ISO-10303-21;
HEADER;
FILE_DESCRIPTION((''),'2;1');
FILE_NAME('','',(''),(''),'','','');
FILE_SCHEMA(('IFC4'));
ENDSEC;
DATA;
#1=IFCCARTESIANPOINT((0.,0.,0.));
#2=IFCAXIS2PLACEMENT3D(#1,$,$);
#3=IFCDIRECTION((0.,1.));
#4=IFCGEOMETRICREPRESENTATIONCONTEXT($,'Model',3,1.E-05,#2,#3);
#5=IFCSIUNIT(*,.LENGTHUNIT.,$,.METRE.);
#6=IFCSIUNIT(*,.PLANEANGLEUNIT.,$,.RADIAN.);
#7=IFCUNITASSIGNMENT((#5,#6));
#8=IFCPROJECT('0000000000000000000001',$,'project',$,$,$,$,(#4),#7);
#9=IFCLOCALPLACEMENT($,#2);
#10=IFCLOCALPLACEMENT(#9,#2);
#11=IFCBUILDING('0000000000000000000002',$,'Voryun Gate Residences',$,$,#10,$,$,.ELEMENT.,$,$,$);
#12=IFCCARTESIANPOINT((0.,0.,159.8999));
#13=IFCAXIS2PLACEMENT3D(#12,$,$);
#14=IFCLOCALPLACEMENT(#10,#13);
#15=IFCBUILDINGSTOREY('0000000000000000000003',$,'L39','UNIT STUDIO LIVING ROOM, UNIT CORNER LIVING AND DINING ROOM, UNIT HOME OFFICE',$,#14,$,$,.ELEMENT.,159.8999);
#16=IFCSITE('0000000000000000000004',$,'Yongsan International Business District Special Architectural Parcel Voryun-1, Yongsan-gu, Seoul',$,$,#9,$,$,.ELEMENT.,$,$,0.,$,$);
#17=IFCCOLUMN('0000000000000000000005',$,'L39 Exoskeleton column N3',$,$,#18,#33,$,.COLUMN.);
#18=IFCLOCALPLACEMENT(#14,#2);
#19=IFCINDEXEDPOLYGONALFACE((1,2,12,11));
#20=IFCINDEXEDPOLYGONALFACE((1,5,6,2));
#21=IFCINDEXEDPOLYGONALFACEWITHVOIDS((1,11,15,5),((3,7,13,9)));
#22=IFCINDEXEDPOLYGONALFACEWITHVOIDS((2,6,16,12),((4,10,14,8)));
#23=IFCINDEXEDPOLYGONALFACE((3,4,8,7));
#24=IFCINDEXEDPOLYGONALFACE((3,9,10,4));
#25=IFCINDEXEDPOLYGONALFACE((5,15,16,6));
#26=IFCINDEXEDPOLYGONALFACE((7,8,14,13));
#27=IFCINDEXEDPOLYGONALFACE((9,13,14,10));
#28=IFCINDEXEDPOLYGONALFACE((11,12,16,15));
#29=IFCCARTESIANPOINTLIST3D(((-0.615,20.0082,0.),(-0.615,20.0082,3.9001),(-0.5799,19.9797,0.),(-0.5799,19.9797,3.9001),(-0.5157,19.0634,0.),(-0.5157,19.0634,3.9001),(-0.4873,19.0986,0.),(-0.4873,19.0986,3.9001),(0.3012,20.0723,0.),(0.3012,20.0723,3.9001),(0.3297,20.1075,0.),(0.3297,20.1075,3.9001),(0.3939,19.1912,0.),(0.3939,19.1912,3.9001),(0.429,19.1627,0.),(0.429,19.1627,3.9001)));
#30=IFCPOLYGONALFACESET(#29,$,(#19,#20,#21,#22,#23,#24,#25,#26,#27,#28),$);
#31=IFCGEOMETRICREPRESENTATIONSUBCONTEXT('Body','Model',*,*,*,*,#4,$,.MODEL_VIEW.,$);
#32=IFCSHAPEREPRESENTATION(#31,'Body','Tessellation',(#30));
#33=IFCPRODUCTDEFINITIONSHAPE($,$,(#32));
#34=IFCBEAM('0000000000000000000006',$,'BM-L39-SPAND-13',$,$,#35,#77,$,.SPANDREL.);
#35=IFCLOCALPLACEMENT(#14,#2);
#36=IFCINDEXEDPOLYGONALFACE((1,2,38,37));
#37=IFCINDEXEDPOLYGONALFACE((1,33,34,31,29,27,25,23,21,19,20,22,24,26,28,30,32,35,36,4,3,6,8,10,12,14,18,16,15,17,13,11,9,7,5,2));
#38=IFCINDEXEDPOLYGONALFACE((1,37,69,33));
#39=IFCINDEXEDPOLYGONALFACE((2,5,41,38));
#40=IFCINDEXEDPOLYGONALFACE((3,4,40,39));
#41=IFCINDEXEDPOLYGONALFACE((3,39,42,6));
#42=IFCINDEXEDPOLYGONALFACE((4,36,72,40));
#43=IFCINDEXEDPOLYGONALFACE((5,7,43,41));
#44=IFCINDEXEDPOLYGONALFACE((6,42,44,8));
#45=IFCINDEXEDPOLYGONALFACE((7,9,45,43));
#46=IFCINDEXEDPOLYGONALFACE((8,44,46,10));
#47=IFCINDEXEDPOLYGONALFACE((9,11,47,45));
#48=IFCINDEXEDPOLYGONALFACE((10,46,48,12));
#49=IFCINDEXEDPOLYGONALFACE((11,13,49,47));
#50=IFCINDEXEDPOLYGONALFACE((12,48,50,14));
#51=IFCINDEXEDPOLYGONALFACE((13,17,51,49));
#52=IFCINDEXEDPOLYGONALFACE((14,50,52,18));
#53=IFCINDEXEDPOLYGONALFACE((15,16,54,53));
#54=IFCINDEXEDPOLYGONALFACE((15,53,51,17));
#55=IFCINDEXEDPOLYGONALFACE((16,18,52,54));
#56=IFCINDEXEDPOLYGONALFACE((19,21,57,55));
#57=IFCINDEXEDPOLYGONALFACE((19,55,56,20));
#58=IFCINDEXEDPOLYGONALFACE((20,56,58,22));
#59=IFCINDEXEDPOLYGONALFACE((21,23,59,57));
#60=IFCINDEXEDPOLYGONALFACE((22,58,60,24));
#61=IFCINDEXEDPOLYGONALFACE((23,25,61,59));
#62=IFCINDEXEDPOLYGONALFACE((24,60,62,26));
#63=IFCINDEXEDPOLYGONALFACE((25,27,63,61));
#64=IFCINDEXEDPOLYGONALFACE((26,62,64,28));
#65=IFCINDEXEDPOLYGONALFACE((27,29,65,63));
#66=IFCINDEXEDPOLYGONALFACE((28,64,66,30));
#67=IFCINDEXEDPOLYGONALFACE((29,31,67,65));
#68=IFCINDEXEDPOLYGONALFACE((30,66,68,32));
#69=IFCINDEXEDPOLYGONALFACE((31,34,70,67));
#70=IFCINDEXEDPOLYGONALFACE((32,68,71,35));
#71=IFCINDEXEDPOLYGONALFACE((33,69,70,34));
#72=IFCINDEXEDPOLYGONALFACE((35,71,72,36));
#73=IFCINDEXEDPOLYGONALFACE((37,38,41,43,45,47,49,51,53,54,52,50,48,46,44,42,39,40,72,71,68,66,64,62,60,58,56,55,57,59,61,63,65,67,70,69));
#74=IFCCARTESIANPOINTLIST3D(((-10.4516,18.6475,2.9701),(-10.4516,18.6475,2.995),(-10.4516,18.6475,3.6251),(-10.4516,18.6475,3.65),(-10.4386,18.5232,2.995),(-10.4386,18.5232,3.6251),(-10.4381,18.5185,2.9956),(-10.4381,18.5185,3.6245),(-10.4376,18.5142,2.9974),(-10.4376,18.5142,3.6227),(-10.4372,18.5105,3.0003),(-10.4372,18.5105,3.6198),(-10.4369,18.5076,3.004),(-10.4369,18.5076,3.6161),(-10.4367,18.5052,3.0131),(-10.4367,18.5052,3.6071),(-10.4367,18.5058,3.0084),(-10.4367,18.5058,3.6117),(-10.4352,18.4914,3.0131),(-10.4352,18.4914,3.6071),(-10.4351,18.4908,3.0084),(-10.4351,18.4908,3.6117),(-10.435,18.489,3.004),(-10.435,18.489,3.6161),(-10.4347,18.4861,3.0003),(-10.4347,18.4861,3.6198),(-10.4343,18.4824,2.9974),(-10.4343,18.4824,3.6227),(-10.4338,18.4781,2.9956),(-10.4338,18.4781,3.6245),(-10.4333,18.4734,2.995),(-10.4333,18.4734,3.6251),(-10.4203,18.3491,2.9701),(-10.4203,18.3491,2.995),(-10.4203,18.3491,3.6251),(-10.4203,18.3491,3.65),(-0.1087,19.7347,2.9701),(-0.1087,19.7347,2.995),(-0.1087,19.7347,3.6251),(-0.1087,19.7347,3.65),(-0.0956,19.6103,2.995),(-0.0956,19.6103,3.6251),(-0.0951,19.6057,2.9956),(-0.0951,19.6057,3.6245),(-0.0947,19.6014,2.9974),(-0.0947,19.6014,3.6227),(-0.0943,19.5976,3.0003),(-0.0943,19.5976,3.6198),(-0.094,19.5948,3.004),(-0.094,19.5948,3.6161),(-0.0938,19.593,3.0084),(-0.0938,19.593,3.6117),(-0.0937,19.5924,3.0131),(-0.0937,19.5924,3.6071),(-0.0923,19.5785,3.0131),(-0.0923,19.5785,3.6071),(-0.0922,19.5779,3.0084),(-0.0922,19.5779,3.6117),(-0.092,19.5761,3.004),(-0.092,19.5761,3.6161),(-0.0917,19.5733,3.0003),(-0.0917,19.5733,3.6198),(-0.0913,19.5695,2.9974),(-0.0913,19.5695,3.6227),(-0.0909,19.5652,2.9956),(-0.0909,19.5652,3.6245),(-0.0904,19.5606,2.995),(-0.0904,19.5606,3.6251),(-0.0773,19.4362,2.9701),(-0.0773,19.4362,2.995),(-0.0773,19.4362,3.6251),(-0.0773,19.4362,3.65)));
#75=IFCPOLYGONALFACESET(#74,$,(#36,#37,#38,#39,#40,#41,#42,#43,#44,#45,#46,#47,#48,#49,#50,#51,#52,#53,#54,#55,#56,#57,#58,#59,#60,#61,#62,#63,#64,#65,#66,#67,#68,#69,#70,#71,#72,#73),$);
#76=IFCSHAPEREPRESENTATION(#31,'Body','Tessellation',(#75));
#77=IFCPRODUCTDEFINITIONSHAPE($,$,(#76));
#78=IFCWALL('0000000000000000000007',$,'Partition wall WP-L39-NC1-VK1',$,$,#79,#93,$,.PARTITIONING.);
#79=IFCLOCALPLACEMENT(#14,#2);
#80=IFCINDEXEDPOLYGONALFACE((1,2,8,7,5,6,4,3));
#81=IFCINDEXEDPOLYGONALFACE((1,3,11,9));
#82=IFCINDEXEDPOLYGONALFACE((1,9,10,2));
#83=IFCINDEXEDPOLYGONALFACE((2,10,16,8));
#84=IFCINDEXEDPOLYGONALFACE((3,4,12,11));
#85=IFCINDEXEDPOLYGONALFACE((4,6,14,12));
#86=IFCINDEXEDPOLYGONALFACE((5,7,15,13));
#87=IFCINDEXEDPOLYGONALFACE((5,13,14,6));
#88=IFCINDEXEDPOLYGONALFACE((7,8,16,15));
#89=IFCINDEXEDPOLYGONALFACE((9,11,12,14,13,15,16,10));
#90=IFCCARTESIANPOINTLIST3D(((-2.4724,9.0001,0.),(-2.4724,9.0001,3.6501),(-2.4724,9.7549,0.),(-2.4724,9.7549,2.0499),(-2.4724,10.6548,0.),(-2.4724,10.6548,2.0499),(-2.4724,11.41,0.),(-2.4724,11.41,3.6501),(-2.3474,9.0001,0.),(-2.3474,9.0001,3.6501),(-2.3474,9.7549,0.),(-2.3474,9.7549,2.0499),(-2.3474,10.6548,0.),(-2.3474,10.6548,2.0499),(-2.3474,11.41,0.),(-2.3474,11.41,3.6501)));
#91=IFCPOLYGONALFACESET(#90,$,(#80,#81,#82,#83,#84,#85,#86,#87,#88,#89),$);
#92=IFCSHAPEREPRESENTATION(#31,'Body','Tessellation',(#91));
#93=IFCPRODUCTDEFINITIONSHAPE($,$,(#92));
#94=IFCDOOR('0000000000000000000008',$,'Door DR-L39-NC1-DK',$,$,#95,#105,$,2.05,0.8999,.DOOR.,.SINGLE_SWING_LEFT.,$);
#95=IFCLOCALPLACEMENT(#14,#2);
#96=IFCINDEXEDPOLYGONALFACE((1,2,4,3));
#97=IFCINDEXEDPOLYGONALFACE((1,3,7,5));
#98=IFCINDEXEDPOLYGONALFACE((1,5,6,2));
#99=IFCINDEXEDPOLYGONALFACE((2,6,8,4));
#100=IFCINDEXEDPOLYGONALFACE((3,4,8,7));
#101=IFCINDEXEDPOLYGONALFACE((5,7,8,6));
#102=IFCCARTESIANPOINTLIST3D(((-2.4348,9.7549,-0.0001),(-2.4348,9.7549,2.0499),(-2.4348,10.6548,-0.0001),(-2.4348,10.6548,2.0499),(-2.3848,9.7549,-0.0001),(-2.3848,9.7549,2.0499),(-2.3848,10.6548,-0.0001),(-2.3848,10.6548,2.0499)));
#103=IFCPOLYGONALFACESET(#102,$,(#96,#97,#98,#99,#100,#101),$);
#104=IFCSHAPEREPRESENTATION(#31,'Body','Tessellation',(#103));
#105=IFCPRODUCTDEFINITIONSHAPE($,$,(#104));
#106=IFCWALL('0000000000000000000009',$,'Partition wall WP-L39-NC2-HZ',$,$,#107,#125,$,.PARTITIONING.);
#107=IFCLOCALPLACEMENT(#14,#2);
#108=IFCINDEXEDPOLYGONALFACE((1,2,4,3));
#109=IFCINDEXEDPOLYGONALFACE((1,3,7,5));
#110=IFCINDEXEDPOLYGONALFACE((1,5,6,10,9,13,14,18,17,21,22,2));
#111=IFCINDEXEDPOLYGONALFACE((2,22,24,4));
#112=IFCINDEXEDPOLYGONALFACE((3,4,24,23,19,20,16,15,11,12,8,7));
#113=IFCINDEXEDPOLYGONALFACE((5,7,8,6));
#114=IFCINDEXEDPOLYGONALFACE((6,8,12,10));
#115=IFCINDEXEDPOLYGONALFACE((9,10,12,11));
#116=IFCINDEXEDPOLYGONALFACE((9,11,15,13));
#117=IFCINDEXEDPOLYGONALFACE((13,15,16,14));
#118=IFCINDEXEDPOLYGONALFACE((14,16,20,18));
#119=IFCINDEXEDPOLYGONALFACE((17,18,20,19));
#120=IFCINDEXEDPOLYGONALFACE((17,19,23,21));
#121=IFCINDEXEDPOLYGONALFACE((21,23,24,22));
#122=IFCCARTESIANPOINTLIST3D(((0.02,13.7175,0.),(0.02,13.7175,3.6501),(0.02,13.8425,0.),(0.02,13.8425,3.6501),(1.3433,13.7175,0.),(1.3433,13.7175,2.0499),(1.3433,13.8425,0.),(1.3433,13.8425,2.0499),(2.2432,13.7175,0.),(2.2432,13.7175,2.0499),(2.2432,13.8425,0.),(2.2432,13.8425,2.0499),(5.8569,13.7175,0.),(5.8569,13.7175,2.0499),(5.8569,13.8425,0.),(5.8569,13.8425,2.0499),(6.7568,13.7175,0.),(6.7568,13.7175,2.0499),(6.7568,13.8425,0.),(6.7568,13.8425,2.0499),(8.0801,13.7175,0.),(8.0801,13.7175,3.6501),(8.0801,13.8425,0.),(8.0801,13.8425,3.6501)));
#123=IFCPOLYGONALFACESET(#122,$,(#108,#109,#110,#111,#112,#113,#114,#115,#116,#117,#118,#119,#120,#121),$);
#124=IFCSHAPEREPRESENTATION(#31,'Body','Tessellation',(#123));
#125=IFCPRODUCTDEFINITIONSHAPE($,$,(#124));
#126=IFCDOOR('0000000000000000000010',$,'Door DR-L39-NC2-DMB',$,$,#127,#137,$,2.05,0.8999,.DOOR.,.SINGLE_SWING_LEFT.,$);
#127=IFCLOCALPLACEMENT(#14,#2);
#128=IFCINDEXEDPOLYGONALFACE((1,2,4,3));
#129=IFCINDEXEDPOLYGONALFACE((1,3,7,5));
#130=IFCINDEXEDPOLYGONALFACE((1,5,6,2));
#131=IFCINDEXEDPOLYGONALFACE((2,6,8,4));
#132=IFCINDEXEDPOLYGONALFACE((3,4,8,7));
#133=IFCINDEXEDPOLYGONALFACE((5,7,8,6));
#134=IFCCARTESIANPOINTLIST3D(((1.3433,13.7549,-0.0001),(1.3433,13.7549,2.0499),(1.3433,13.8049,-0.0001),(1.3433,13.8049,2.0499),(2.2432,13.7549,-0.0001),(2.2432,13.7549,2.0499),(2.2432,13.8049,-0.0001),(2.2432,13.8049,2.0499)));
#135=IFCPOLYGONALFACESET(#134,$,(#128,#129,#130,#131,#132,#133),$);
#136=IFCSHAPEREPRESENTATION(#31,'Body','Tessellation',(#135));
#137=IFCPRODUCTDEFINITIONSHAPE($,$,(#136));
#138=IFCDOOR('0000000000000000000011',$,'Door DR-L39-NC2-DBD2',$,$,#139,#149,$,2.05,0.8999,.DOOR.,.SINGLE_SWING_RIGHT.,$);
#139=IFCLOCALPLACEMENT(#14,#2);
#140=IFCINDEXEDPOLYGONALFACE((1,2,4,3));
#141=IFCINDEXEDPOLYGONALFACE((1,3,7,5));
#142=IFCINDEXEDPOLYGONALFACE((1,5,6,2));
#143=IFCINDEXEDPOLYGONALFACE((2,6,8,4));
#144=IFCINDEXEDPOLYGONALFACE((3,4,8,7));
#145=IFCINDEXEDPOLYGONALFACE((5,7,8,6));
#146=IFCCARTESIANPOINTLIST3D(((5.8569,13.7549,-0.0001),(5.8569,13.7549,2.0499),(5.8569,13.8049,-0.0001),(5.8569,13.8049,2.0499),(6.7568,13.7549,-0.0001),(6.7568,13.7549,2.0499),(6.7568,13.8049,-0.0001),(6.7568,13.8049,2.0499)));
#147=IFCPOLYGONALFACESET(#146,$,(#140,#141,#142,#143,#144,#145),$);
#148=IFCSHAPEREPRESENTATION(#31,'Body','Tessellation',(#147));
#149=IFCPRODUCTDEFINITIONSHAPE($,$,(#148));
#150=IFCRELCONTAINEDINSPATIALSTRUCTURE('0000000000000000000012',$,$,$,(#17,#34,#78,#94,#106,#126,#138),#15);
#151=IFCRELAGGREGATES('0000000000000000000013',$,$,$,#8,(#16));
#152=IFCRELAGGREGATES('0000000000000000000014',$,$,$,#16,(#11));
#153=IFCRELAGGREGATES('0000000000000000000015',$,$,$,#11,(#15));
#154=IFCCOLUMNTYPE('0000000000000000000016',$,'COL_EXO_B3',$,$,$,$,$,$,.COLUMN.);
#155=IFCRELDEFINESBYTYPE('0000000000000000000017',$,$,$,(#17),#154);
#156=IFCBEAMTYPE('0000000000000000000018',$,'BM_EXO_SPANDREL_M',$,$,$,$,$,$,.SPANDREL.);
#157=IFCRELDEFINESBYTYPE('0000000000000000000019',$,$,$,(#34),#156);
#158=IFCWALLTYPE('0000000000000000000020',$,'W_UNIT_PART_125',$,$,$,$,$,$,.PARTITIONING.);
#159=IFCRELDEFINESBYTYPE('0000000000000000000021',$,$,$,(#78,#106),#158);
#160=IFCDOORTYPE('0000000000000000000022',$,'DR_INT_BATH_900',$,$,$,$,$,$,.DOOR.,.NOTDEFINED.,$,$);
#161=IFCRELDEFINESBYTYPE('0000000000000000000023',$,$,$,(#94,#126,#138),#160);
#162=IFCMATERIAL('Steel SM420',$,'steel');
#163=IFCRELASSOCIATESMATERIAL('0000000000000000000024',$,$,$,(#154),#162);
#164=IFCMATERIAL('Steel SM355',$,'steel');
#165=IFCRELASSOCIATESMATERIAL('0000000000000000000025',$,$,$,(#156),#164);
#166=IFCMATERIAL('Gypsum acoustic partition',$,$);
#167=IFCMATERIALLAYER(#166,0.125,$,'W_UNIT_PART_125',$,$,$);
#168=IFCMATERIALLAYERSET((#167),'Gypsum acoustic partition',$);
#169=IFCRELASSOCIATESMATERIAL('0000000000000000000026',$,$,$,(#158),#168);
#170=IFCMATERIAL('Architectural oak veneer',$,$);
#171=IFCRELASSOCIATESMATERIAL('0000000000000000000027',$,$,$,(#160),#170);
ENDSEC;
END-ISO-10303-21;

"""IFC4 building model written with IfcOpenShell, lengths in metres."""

from ifc_helpers import new_model, si_unit, direction, frame, frame_2d, origin, origin_2d, place, context, subcontext, project, spatial, rectangle, hollow_rectangle, i_section, extrude, material, layer, layer_set, material_profile, profile_set, type_object, element, fill, save


model = new_model("IFC4")

# Units and contexts
model_context = context("Model", 3, precision=1e-05, world=origin(), true_north=direction((0.0, 1.0)))
body_context = subcontext(model_context, "Body", "Model", "MODEL_VIEW")
ifc_project = project(units=[si_unit("LENGTHUNIT", "METRE"), si_unit("PLANEANGLEUNIT", "RADIAN")], contexts=[model_context])

# Site, building, storey
site_placement = place(None, origin())
site = spatial("IfcSite", under=ifc_project, at=site_placement, Name="Yongsan International Business District Special Architectural Parcel Voryun-1, Yongsan-gu, Seoul", CompositionType="ELEMENT", RefElevation=0.0)
building_placement = place(site_placement, origin())
building = spatial("IfcBuilding", under=site, at=building_placement, Name="Voryun Gate Residences", CompositionType="ELEMENT")
storey_placement = place(building_placement, frame((0.0, 0.0, 159.8999)))
storey = spatial("IfcBuildingStorey", under=building, at=storey_placement, Name="L39", Description="UNIT STUDIO LIVING ROOM, UNIT CORNER LIVING AND DINING ROOM, UNIT HOME OFFICE", CompositionType="ELEMENT", Elevation=159.8999)

# Column
ifc_material_1 = material(Name="Steel SM420", Category="steel")
ifc_material_profile_1 = material_profile(ifc_material_1, hollow_rectangle(XDim=0.95, YDim=0.95, WallThickness=0.032, at=origin_2d()), Name="BOX-950x950x32")
ifc_profile_set_1 = profile_set([ifc_material_profile_1], Name="Steel SM420")
column_type = type_object("IfcColumnType", Name="COL_EXO_B3", PredefinedType="COLUMN", material=ifc_profile_set_1)
column_placement = place(storey_placement, frame((-0.093, 19.5854, 0.0), z_axis=(0.0, 0.0, 1.0), x_axis=(0.994522, 0.104528, 0.0)))
element("IfcColumn", 1, at=column_placement, inside=storey, type_object=column_type, Name="L39 Exoskeleton column N3", PredefinedType="COLUMN", context=body_context, shape_type="SweptSolid", body=[
    extrude(hollow_rectangle(XDim=0.95, YDim=0.95, WallThickness=0.032, at=origin_2d()), origin(), (0.0, 0.0, 1.0), 3.9001),
])

# Beam
ifc_material_2 = material(Name="Steel SM355", Category="steel")
ifc_material_profile_2 = material_profile(ifc_material_2, i_section(OverallWidth=0.3, OverallDepth=0.6799, WebThickness=0.0139, FlangeThickness=0.0249, FilletRadius=0.0181, at=origin_2d()), Name="H-680x300x14x25")
ifc_profile_set_2 = profile_set([ifc_material_profile_2], Name="Steel SM355")
beam_type = type_object("IfcBeamType", Name="BM_EXO_SPANDREL_M", PredefinedType="SPANDREL", material=ifc_profile_set_2)
beam_placement = place(storey_placement, frame((-0.093, 19.5854, 3.3101), z_axis=(-0.994521, -0.104534, 0.0), x_axis=(0.104534, -0.994521, 0.0)))
element("IfcBeam", 2, at=beam_placement, inside=storey, type_object=beam_type, Name="BM-L39-SPAND-13", PredefinedType="SPANDREL", context=body_context, shape_type="SweptSolid", body=[
    extrude(i_section(OverallWidth=0.3, OverallDepth=0.6799, WebThickness=0.0139, FlangeThickness=0.0249, FilletRadius=0.0181, at=origin_2d()), origin(), (0.0, 0.0, 1.0), 10.3999),
])

# Wall, opening, door
ifc_material_3 = material(Name="Gypsum acoustic partition")
ifc_layer_1 = layer(ifc_material_3, 0.125, Name="W_UNIT_PART_125")
ifc_layer_set_1 = layer_set([ifc_layer_1], Name="Gypsum acoustic partition")
wall_type_1 = type_object("IfcWallType", Name="W_UNIT_PART_125", PredefinedType="PARTITIONING", material=ifc_layer_set_1)
wall_1_placement = place(storey_placement, frame((-2.4099, 9.0, 0.0), z_axis=(0.0, 0.0, 1.0), x_axis=(0.0, 1.0, 0.0)))
wall_1 = element("IfcWall", 3, at=wall_1_placement, inside=storey, type_object=wall_type_1, Name="Partition wall WP-L39-NC1-VK1", PredefinedType="PARTITIONING", context=body_context, shape_type="SweptSolid", body=[
    extrude(rectangle(XDim=2.4099, YDim=0.125, at=frame_2d((1.2051, 0.0))), origin(), (0.0, 0.0, 1.0), 3.6501),
])
opening_1_placement = place(wall_1_placement, frame((0.7549, 0.0, 0.0)))
opening_1 = element("IfcOpeningElement", 4, at=opening_1_placement, cuts=wall_1, PredefinedType="OPENING", context=body_context, shape_type="SweptSolid", body=[
    extrude(rectangle(XDim=0.8999, YDim=2.05, at=frame_2d((0.45, 1.0249))), frame((0.0, 0.0725, 0.0), z_axis=(0.0, -1.0, 0.0), x_axis=(1.0, 0.0, 0.0)), (0.0, 0.0, 1.0), 0.145),
])
ifc_material_4 = material(Name="Architectural oak veneer")
door_type = type_object("IfcDoorType", Name="DR_INT_BATH_900", OperationType="NOTDEFINED", PredefinedType="DOOR", material=ifc_material_4)
door_1_placement = place(opening_1_placement, origin())
door_1 = element("IfcDoor", 5, at=door_1_placement, inside=storey, type_object=door_type, Name="Door DR-L39-NC1-DK", OperationType="SINGLE_SWING_LEFT", OverallHeight=2.05, OverallWidth=0.8999, PredefinedType="DOOR", context=body_context, shape_type="SweptSolid", body=[
    extrude(rectangle(XDim=0.8999, YDim=2.05, at=frame_2d((0.45, 1.0249))), frame((0.0, 0.0249, 0.0), z_axis=(0.0, -1.0, 0.0), x_axis=(1.0, 0.0, 0.0)), (0.0, 0.0, 1.0), 0.05),
])
fill(opening_1, door_1)

# Wall, openings, doors
wall_2_placement = place(storey_placement, frame((0.02, 13.78, 0.0), z_axis=(0.0, 0.0, 1.0), x_axis=(1.0, 0.0, 0.0)))
wall_2 = element("IfcWall", 6, at=wall_2_placement, inside=storey, type_object=wall_type_1, Name="Partition wall WP-L39-NC2-HZ", PredefinedType="PARTITIONING", context=body_context, shape_type="SweptSolid", body=[
    extrude(rectangle(XDim=8.0601, YDim=0.125, at=frame_2d((4.03, 0.0))), origin(), (0.0, 0.0, 1.0), 3.6501),
])
opening_2_placement = place(wall_2_placement, frame((1.3232, 0.0, 0.0)))
opening_2 = element("IfcOpeningElement", 7, at=opening_2_placement, cuts=wall_2, PredefinedType="OPENING", context=body_context, shape_type="SweptSolid", body=[
    extrude(rectangle(XDim=0.8999, YDim=2.05, at=frame_2d((0.45, 1.0249))), frame((0.0, 0.0725, 0.0), z_axis=(0.0, -1.0, 0.0), x_axis=(1.0, 0.0, 0.0)), (0.0, 0.0, 1.0), 0.145),
])
opening_3_placement = place(wall_2_placement, frame((5.8369, 0.0, 0.0)))
opening_3 = element("IfcOpeningElement", 8, at=opening_3_placement, cuts=wall_2, PredefinedType="OPENING", context=body_context, shape_type="SweptSolid", body=[
    extrude(rectangle(XDim=0.8999, YDim=2.05, at=frame_2d((0.45, 1.0249))), frame((0.0, 0.0725, 0.0), z_axis=(0.0, -1.0, 0.0), x_axis=(1.0, 0.0, 0.0)), (0.0, 0.0, 1.0), 0.145),
])
door_2_placement = place(opening_2_placement, origin())
door_2 = element("IfcDoor", 9, at=door_2_placement, inside=storey, type_object=door_type, Name="Door DR-L39-NC2-DMB", OperationType="SINGLE_SWING_LEFT", OverallHeight=2.05, OverallWidth=0.8999, PredefinedType="DOOR", context=body_context, shape_type="SweptSolid", body=[
    extrude(rectangle(XDim=0.8999, YDim=2.05, at=frame_2d((0.45, 1.0249))), frame((0.0, 0.0249, 0.0), z_axis=(0.0, -1.0, 0.0), x_axis=(1.0, 0.0, 0.0)), (0.0, 0.0, 1.0), 0.05),
])
fill(opening_2, door_2)
door_3_placement = place(opening_3_placement, origin())
door_3 = element("IfcDoor", 10, at=door_3_placement, inside=storey, type_object=door_type, Name="Door DR-L39-NC2-DBD2", OperationType="SINGLE_SWING_RIGHT", OverallHeight=2.05, OverallWidth=0.8999, PredefinedType="DOOR", context=body_context, shape_type="SweptSolid", body=[
    extrude(rectangle(XDim=0.8999, YDim=2.05, at=frame_2d((0.45, 1.0249))), frame((0.0, 0.0249, 0.0), z_axis=(0.0, -1.0, 0.0), x_axis=(1.0, 0.0, 0.0)), (0.0, 0.0, 1.0), 0.05),
])
fill(opening_3, door_3)

save(model, "model.ifc")
